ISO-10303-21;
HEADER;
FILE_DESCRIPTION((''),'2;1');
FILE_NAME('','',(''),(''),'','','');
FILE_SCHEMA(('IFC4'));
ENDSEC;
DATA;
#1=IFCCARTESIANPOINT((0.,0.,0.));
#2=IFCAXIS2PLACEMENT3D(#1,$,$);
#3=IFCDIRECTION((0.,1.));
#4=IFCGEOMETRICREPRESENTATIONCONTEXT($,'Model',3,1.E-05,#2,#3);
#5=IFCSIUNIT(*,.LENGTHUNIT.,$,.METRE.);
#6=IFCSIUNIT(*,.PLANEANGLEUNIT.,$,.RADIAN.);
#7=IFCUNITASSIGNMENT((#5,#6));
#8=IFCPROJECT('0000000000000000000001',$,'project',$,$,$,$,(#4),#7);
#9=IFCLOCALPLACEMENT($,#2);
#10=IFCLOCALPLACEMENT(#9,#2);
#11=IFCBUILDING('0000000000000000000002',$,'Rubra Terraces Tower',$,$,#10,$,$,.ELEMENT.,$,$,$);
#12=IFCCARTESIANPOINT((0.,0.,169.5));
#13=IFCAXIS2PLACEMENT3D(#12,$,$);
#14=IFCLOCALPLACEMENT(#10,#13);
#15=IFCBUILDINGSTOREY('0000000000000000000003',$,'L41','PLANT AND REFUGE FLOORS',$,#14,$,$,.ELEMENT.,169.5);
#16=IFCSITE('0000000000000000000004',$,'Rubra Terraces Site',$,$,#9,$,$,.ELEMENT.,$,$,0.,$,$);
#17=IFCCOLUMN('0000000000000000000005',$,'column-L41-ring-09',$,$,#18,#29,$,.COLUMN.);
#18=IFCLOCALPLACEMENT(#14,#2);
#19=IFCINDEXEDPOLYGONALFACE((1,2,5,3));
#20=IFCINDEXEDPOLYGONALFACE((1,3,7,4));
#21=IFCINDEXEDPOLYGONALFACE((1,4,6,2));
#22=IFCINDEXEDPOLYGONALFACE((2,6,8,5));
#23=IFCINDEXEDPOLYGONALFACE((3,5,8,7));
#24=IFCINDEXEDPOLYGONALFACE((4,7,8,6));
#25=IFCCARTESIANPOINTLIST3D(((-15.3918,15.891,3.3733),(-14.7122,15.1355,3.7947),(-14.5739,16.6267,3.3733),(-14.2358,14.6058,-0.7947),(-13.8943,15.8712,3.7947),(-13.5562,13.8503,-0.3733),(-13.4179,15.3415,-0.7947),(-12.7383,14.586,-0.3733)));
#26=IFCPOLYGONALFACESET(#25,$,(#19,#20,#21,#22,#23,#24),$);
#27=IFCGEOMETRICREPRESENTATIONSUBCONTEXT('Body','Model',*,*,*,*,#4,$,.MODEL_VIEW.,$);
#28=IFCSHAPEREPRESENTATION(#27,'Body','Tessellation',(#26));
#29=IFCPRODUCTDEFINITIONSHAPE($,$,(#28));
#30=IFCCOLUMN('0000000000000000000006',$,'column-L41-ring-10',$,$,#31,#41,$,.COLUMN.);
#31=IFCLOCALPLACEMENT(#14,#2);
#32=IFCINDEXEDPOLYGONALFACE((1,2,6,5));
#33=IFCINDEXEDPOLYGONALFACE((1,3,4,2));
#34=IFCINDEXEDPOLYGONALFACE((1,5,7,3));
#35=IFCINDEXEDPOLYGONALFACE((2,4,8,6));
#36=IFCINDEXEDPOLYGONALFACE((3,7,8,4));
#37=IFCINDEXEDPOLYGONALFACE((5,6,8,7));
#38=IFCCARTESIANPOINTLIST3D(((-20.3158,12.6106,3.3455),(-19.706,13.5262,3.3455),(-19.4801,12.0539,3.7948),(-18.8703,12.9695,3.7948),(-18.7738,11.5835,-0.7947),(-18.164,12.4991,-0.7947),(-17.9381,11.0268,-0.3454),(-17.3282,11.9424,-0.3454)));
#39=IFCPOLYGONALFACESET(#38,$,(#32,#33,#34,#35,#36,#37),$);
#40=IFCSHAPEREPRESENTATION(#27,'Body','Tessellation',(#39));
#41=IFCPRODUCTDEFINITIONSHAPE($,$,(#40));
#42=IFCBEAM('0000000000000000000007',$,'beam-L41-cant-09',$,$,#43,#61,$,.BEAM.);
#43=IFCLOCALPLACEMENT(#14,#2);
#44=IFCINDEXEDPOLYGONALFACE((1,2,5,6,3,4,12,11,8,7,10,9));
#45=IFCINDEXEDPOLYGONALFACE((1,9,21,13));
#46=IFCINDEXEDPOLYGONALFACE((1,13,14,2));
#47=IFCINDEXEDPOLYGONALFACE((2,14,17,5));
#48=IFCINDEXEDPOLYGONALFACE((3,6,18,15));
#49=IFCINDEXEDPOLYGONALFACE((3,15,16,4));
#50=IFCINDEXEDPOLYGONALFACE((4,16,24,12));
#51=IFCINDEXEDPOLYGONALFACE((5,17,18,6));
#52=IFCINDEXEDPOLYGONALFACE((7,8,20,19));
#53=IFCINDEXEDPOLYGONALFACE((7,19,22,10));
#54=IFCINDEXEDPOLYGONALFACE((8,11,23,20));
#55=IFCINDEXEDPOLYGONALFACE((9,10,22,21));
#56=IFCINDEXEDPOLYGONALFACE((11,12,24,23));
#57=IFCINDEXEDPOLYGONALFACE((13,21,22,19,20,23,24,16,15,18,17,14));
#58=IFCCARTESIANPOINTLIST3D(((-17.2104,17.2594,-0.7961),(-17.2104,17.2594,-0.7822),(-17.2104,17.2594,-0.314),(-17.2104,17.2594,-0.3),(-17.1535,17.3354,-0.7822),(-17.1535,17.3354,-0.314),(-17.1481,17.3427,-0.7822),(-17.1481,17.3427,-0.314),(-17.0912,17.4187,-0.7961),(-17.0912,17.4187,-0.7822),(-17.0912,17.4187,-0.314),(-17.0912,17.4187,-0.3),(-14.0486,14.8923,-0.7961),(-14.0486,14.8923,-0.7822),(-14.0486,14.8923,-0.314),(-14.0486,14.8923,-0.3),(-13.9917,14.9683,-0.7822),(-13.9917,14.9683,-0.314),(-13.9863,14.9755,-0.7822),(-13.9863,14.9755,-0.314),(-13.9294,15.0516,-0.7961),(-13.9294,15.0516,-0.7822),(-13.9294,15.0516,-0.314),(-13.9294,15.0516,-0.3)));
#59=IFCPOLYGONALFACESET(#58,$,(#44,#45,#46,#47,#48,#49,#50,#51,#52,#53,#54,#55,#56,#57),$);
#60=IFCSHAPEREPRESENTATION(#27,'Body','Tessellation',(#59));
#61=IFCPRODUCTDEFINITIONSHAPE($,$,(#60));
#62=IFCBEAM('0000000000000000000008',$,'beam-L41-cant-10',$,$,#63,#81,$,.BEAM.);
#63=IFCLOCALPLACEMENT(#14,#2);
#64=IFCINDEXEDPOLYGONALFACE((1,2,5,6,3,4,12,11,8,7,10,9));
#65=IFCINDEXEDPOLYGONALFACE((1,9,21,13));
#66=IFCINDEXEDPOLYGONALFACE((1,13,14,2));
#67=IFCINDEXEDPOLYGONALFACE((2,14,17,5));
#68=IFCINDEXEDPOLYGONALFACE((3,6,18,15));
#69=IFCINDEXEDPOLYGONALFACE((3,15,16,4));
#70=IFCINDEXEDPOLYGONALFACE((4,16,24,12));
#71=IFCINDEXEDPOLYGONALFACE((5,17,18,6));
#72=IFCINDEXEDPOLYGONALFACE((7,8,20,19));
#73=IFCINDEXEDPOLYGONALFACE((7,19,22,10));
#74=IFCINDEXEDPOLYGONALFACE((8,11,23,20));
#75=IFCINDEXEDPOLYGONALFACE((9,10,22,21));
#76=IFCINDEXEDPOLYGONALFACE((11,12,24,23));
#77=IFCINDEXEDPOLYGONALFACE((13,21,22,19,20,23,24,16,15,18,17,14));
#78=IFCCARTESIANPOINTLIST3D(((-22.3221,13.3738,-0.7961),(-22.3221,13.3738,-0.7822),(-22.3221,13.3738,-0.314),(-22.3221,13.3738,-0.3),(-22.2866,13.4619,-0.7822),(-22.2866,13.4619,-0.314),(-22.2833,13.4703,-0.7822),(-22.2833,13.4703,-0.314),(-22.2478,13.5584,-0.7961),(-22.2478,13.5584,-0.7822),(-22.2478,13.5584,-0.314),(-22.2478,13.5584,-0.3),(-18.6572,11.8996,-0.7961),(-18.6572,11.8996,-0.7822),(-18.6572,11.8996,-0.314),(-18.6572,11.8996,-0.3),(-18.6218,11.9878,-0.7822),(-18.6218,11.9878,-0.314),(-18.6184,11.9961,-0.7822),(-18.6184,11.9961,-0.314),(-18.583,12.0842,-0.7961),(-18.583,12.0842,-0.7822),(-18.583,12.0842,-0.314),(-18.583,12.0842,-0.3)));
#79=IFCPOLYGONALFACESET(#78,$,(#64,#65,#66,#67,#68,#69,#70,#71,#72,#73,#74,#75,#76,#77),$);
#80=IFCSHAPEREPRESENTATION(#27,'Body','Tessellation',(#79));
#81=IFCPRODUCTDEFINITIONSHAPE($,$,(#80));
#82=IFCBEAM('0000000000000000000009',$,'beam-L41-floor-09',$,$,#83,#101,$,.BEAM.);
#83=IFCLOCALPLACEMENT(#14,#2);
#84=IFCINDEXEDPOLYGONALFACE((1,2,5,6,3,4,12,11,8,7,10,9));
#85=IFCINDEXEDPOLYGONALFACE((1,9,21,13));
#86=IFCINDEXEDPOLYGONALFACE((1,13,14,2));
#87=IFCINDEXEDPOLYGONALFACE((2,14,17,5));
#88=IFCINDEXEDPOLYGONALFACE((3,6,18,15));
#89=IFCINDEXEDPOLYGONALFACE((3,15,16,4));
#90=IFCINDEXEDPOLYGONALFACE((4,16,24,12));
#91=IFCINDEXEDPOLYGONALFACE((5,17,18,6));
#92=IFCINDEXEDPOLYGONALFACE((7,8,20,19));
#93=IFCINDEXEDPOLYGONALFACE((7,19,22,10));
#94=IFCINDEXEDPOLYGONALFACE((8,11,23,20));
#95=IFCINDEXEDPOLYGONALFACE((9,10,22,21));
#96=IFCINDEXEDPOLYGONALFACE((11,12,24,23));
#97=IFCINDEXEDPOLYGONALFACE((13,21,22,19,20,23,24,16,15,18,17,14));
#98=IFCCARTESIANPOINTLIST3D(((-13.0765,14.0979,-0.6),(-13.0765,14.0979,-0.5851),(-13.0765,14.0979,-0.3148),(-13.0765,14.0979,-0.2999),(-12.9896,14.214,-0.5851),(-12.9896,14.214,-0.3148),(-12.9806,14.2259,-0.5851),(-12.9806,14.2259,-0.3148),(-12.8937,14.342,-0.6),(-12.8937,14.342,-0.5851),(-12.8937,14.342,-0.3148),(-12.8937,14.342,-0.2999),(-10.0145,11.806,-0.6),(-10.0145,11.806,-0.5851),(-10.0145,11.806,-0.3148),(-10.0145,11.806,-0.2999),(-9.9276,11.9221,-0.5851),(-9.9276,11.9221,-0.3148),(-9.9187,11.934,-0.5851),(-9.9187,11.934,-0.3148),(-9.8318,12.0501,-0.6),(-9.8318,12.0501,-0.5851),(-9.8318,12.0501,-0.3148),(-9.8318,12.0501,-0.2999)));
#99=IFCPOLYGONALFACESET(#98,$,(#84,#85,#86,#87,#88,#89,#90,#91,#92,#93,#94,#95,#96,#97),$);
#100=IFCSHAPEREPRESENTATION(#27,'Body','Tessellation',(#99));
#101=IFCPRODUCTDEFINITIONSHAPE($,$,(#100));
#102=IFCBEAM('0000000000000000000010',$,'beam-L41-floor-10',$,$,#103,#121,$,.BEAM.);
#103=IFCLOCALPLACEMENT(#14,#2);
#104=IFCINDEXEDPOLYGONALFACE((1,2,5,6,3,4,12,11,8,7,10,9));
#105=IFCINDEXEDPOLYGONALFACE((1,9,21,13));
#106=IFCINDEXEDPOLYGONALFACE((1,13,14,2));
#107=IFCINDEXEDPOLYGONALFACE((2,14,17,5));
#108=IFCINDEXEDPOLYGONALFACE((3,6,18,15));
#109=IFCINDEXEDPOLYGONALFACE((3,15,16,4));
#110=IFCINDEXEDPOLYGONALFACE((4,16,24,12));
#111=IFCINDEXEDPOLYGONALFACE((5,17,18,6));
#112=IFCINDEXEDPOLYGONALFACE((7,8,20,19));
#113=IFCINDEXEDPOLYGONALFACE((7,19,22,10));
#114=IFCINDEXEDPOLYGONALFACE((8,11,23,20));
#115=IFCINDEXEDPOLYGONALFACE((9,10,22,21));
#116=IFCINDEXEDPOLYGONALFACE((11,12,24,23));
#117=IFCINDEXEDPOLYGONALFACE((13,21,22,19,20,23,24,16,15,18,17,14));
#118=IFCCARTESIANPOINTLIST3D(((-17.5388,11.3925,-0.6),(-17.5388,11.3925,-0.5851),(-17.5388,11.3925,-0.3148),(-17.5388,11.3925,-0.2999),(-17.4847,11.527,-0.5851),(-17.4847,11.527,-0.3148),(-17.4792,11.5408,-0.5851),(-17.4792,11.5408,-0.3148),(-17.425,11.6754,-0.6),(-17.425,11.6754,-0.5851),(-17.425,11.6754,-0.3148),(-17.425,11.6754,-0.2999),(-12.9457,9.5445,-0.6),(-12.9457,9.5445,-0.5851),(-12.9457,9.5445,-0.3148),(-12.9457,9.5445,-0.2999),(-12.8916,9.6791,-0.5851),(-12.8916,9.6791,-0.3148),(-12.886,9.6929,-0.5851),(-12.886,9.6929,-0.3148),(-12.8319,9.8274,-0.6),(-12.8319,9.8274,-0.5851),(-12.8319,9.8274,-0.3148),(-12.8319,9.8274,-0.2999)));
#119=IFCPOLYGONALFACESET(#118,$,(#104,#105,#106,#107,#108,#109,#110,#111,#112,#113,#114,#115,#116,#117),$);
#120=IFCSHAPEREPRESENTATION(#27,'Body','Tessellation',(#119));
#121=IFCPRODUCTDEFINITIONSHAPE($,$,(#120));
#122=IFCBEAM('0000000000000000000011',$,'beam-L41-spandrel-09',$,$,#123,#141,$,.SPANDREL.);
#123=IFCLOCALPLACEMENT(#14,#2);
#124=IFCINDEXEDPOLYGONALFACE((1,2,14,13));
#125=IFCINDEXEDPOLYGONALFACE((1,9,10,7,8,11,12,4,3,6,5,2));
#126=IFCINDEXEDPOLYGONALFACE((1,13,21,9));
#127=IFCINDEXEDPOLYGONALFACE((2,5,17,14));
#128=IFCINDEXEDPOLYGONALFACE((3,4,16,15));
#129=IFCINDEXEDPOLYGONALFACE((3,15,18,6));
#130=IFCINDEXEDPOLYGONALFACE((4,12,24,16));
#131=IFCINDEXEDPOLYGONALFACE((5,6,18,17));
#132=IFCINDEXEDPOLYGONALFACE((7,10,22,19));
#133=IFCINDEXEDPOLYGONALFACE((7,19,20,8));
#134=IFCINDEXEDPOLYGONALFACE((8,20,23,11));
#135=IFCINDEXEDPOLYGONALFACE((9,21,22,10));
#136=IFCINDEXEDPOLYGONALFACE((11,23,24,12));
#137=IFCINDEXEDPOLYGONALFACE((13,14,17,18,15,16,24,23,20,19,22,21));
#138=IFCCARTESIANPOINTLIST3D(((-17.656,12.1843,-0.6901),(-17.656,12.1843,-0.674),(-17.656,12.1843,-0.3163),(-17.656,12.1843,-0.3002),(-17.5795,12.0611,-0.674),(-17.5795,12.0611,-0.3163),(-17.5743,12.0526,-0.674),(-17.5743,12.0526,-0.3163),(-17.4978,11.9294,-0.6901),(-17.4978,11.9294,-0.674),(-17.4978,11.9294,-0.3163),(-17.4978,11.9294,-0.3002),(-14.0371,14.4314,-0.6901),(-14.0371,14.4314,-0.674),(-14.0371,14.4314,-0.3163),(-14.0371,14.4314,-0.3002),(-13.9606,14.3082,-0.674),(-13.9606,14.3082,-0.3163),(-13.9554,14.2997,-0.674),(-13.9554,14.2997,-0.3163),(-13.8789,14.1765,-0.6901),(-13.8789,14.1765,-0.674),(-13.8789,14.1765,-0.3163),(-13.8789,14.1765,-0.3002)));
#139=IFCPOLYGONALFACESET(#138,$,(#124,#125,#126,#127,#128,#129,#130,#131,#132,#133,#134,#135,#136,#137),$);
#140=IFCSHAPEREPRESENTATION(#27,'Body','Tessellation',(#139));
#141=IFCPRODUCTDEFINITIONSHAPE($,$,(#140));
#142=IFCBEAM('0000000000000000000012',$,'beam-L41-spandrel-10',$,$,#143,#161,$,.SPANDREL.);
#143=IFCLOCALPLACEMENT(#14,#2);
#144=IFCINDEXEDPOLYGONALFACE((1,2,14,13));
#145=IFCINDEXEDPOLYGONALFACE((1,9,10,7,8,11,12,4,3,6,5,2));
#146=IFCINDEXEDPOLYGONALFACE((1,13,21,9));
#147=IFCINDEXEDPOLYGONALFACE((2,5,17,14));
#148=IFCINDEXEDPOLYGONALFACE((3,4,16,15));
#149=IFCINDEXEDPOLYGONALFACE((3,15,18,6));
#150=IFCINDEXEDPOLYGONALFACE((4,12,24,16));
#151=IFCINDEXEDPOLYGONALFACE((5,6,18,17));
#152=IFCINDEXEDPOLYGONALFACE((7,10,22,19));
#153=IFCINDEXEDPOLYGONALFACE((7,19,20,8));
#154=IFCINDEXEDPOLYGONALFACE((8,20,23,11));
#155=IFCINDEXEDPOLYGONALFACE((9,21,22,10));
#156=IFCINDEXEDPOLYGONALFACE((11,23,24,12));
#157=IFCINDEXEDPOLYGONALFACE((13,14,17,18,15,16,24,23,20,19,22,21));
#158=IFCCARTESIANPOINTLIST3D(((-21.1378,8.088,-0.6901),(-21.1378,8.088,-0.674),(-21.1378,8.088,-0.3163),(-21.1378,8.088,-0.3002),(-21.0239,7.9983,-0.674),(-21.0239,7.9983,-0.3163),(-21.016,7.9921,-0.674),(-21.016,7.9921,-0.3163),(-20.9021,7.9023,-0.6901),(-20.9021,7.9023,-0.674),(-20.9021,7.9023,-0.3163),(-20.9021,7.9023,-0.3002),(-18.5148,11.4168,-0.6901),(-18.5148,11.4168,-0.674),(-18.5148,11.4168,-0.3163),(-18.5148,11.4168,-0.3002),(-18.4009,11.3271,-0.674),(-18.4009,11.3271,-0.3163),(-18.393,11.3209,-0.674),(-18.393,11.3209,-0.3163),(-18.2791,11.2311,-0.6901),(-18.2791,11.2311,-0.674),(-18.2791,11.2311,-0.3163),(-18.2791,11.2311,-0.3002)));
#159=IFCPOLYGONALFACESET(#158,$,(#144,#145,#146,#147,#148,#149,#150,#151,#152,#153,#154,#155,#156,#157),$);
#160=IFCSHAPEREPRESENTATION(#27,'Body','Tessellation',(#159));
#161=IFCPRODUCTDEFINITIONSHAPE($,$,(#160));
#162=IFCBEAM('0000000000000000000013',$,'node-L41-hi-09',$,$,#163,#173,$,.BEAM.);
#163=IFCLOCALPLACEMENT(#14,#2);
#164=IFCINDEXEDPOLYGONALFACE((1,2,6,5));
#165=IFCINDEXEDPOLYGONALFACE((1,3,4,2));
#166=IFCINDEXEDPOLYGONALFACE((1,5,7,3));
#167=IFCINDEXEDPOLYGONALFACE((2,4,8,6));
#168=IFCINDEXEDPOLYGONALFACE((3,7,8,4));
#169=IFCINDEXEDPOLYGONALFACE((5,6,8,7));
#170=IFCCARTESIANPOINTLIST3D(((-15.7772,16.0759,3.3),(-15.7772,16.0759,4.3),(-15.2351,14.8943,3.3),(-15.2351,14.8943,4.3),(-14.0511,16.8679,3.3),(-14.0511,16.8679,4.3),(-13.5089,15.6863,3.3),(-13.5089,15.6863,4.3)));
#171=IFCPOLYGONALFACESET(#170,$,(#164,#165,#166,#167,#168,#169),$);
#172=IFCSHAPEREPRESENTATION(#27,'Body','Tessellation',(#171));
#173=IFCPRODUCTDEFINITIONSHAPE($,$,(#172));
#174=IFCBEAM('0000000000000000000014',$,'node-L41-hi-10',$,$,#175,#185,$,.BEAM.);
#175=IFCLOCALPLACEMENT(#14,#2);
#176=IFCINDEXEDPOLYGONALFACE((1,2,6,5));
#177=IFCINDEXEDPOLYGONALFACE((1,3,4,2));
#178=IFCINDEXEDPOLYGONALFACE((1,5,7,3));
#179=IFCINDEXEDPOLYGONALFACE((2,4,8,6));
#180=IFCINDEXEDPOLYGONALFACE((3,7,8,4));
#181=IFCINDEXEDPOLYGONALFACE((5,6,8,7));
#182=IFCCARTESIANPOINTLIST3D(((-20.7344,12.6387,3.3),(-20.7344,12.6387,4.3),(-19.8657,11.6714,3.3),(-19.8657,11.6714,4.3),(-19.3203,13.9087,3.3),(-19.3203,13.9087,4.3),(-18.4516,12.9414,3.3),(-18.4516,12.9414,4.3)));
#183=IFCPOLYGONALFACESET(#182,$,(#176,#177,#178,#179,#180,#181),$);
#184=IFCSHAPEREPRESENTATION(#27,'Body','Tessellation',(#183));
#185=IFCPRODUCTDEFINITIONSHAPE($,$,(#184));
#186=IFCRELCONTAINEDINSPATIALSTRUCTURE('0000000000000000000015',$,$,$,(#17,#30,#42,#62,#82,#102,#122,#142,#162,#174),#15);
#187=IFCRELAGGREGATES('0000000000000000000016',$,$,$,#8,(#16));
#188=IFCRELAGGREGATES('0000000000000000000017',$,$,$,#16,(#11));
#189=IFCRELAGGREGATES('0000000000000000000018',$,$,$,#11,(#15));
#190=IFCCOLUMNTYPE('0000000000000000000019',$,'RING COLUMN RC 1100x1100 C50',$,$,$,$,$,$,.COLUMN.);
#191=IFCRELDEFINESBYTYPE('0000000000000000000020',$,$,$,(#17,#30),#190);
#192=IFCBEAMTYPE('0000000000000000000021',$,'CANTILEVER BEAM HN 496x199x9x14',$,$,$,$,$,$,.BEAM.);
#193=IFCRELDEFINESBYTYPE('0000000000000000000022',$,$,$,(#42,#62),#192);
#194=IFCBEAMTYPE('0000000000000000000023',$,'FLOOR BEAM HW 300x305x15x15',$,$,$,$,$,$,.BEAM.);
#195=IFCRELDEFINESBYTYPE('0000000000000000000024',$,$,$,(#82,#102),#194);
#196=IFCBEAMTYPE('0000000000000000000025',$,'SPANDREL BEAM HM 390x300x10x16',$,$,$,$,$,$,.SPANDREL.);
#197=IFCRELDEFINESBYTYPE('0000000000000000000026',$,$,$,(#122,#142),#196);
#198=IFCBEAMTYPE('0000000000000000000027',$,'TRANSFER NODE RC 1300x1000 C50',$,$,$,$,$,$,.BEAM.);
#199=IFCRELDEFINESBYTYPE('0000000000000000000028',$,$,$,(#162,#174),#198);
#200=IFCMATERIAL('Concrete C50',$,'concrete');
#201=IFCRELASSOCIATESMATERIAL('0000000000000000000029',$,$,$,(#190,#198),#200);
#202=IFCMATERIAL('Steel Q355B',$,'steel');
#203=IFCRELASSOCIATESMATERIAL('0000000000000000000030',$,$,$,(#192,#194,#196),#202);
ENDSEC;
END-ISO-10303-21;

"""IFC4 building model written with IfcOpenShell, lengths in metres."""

from ifc_helpers import new_model, si_unit, direction, frame, origin, origin_2d, place, context, subcontext, project, spatial, rectangle, i_section, extrude, material, material_profile, profile_set, type_object, element, save


model = new_model("IFC4")

# Units and contexts
model_context = context("Model", 3, precision=1e-05, world=origin(), true_north=direction((0.0, 1.0)))
body_context = subcontext(model_context, "Body", "Model", "MODEL_VIEW")
ifc_project = project(units=[si_unit("LENGTHUNIT", "METRE"), si_unit("PLANEANGLEUNIT", "RADIAN")], contexts=[model_context])

# Site, building, storey
site_placement = place(None, origin())
site = spatial("IfcSite", under=ifc_project, at=site_placement, Name="Rubra Terraces Site", CompositionType="ELEMENT", RefElevation=0.0)
building_placement = place(site_placement, origin())
building = spatial("IfcBuilding", under=site, at=building_placement, Name="Rubra Terraces Tower", CompositionType="ELEMENT")
storey_placement = place(building_placement, frame((0.0, 0.0, 169.5)))
storey = spatial("IfcBuildingStorey", under=building, at=storey_placement, Name="L41", Description="PLANT AND REFUGE FLOORS", CompositionType="ELEMENT", Elevation=169.5)

# Columns
ifc_material_1 = material(Name="Concrete C50", Category="concrete")
ifc_material_profile_1 = material_profile(ifc_material_1, rectangle(XDim=1.1001, YDim=1.1001, at=origin_2d()), Name="RC 1100x1100")
ifc_profile_set_1 = profile_set([ifc_material_profile_1], Name="Concrete C50")
column_type = type_object("IfcColumnType", Name="RING COLUMN RC 1100x1100 C50", PredefinedType="COLUMN", material=ifc_profile_set_1)
column_1_placement = place(storey_placement, frame((-13.4871, 14.5959, -0.584), z_axis=(-0.256196, 0.284818, 0.923711), x_axis=(-0.743477, -0.668762, 0.0)))
element("IfcColumn", 1, at=column_1_placement, inside=storey, type_object=column_type, Name="column-L41-ring-09", PredefinedType="COLUMN", context=body_context, shape_type="SweptSolid", body=[
    extrude(rectangle(XDim=1.1001, YDim=1.1001, at=origin_2d()), origin(), (0.0, 0.0, 1.0), 4.5122),
])
column_2_placement = place(storey_placement, frame((-18.051, 11.7629, -0.5701), z_axis=(-0.339961, 0.226443, 0.91277), x_axis=(-0.554366, -0.832273, 0.0)))
element("IfcColumn", 2, at=column_2_placement, inside=storey, type_object=column_type, Name="column-L41-ring-10", PredefinedType="COLUMN", context=body_context, shape_type="SweptSolid", body=[
    extrude(rectangle(XDim=1.1001, YDim=1.1001, at=origin_2d()), origin(), (0.0, 0.0, 1.0), 4.5359),
])

# Beams
ifc_material_2 = material(Name="Steel Q355B", Category="steel")
ifc_material_profile_2 = material_profile(ifc_material_2, i_section(OverallWidth=0.199, OverallDepth=0.4961, WebThickness=0.009, FlangeThickness=0.0139, at=origin_2d()), Name="HN 496x199x9x14")
ifc_profile_set_2 = profile_set([ifc_material_profile_2], Name="Steel Q355B")
beam_type_1 = type_object("IfcBeamType", Name="CANTILEVER BEAM HN 496x199x9x14", PredefinedType="BEAM", material=ifc_profile_set_2)
beam_1_placement = place(storey_placement, frame((-13.989, 14.9719, -0.5481), z_axis=(-0.800512, 0.599317, 0.0), x_axis=(-0.599317, -0.800512, 0.0)))
element("IfcBeam", 3, at=beam_1_placement, inside=storey, type_object=beam_type_1, Name="beam-L41-cant-09", PredefinedType="BEAM", context=body_context, shape_type="SweptSolid", body=[
    extrude(i_section(OverallWidth=0.199, OverallDepth=0.4961, WebThickness=0.009, FlangeThickness=0.0139, at=origin_2d()), origin(), (0.0, 0.0, 1.0), 3.9497),
])
beam_2_placement = place(storey_placement, frame((-18.6201, 11.9919, -0.5481), z_axis=(-0.927759, 0.37318, 0.0), x_axis=(-0.37318, -0.927759, 0.0)))
element("IfcBeam", 4, at=beam_2_placement, inside=storey, type_object=beam_type_1, Name="beam-L41-cant-10", PredefinedType="BEAM", context=body_context, shape_type="SweptSolid", body=[
    extrude(i_section(OverallWidth=0.199, OverallDepth=0.4961, WebThickness=0.009, FlangeThickness=0.0139, at=origin_2d()), origin(), (0.0, 0.0, 1.0), 3.9502),
])
ifc_material_profile_3 = material_profile(ifc_material_2, i_section(OverallWidth=0.3049, OverallDepth=0.3, WebThickness=0.0149, FlangeThickness=0.0149, at=origin_2d()), Name="HW 300x305x15x15")
ifc_profile_set_3 = profile_set([ifc_material_profile_3], Name="Steel Q355B")
beam_type_2 = type_object("IfcBeamType", Name="FLOOR BEAM HW 300x305x15x15", PredefinedType="BEAM", material=ifc_profile_set_3)
beam_3_placement = place(storey_placement, frame((-12.9851, 14.22, -0.45), z_axis=(0.800566, -0.599244, 0.0), x_axis=(0.599244, 0.800566, 0.0)))
element("IfcBeam", 5, at=beam_3_placement, inside=storey, type_object=beam_type_2, Name="beam-L41-floor-09", PredefinedType="BEAM", context=body_context, shape_type="SweptSolid", body=[
    extrude(i_section(OverallWidth=0.3049, OverallDepth=0.3, WebThickness=0.0149, FlangeThickness=0.0149, at=origin_2d()), origin(), (0.0, 0.0, 1.0), 3.8247),
])
beam_4_placement = place(storey_placement, frame((-17.4819, 11.5339, -0.45), z_axis=(0.92773, -0.373252, 0.0), x_axis=(0.373252, 0.92773, 0.0)))
element("IfcBeam", 6, at=beam_4_placement, inside=storey, type_object=beam_type_2, Name="beam-L41-floor-10", PredefinedType="BEAM", context=body_context, shape_type="SweptSolid", body=[
    extrude(i_section(OverallWidth=0.3049, OverallDepth=0.3, WebThickness=0.0149, FlangeThickness=0.0149, at=origin_2d()), origin(), (0.0, 0.0, 1.0), 4.9509),
])
ifc_material_profile_4 = material_profile(ifc_material_2, i_section(OverallWidth=0.3, OverallDepth=0.3899, WebThickness=0.01, FlangeThickness=0.0161, at=origin_2d()), Name="HM 390x300x10x16")
ifc_profile_set_4 = profile_set([ifc_material_profile_4], Name="Steel Q355B")
beam_type_3 = type_object("IfcBeamType", Name="SPANDREL BEAM HM 390x300x10x16", PredefinedType="SPANDREL", material=ifc_profile_set_4)
beam_5_placement = place(storey_placement, frame((-13.958, 14.304, -0.4951), z_axis=(-0.84955, -0.527508, 0.0), x_axis=(0.527508, -0.84955, 0.0)))
element("IfcBeam", 7, at=beam_5_placement, inside=storey, type_object=beam_type_3, Name="beam-L41-spandrel-09", PredefinedType="SPANDREL", context=body_context, shape_type="SweptSolid", body=[
    extrude(i_section(OverallWidth=0.3, OverallDepth=0.3899, WebThickness=0.01, FlangeThickness=0.0161, at=origin_2d()), origin(), (0.0, 0.0, 1.0), 4.2598),
])
beam_6_placement = place(storey_placement, frame((-18.397, 11.324, -0.4951), z_axis=(-0.618917, -0.785456, 0.0), x_axis=(0.785456, -0.618917, 0.0)))
element("IfcBeam", 8, at=beam_6_placement, inside=storey, type_object=beam_type_3, Name="beam-L41-spandrel-10", PredefinedType="SPANDREL", context=body_context, shape_type="SweptSolid", body=[
    extrude(i_section(OverallWidth=0.3, OverallDepth=0.3899, WebThickness=0.01, FlangeThickness=0.0161, at=origin_2d()), origin(), (0.0, 0.0, 1.0), 4.238),
])
ifc_material_profile_5 = material_profile(ifc_material_1, rectangle(XDim=1.3, YDim=1.0, at=origin_2d()), Name="RC 1300x1000")
ifc_profile_set_5 = profile_set([ifc_material_profile_5], Name="Concrete C50")
beam_type_4 = type_object("IfcBeamType", Name="TRANSFER NODE RC 1300x1000 C50", PredefinedType="BEAM", material=ifc_profile_set_5)
beam_7_placement = place(storey_placement, frame((-13.78, 16.2771, 3.8), z_axis=(-0.90889, -0.417035, 0.0), x_axis=(0.417035, -0.90889, 0.0)))
element("IfcBeam", 9, at=beam_7_placement, inside=storey, type_object=beam_type_4, Name="node-L41-hi-09", PredefinedType="BEAM", context=body_context, shape_type="SweptSolid", body=[
    extrude(rectangle(XDim=1.3, YDim=1.0, at=origin_2d()), origin(), (0.0, 0.0, 1.0), 1.8992),
])
beam_8_placement = place(storey_placement, frame((-18.886, 13.425, 3.8), z_axis=(-0.743984, -0.668198, 0.0), x_axis=(0.668198, -0.743984, 0.0)))
element("IfcBeam", 10, at=beam_8_placement, inside=storey, type_object=beam_type_4, Name="node-L41-hi-10", PredefinedType="BEAM", context=body_context, shape_type="SweptSolid", body=[
    extrude(rectangle(XDim=1.3, YDim=1.0, at=origin_2d()), origin(), (0.0, 0.0, 1.0), 1.9006),
])

save(model, "model.ifc")
